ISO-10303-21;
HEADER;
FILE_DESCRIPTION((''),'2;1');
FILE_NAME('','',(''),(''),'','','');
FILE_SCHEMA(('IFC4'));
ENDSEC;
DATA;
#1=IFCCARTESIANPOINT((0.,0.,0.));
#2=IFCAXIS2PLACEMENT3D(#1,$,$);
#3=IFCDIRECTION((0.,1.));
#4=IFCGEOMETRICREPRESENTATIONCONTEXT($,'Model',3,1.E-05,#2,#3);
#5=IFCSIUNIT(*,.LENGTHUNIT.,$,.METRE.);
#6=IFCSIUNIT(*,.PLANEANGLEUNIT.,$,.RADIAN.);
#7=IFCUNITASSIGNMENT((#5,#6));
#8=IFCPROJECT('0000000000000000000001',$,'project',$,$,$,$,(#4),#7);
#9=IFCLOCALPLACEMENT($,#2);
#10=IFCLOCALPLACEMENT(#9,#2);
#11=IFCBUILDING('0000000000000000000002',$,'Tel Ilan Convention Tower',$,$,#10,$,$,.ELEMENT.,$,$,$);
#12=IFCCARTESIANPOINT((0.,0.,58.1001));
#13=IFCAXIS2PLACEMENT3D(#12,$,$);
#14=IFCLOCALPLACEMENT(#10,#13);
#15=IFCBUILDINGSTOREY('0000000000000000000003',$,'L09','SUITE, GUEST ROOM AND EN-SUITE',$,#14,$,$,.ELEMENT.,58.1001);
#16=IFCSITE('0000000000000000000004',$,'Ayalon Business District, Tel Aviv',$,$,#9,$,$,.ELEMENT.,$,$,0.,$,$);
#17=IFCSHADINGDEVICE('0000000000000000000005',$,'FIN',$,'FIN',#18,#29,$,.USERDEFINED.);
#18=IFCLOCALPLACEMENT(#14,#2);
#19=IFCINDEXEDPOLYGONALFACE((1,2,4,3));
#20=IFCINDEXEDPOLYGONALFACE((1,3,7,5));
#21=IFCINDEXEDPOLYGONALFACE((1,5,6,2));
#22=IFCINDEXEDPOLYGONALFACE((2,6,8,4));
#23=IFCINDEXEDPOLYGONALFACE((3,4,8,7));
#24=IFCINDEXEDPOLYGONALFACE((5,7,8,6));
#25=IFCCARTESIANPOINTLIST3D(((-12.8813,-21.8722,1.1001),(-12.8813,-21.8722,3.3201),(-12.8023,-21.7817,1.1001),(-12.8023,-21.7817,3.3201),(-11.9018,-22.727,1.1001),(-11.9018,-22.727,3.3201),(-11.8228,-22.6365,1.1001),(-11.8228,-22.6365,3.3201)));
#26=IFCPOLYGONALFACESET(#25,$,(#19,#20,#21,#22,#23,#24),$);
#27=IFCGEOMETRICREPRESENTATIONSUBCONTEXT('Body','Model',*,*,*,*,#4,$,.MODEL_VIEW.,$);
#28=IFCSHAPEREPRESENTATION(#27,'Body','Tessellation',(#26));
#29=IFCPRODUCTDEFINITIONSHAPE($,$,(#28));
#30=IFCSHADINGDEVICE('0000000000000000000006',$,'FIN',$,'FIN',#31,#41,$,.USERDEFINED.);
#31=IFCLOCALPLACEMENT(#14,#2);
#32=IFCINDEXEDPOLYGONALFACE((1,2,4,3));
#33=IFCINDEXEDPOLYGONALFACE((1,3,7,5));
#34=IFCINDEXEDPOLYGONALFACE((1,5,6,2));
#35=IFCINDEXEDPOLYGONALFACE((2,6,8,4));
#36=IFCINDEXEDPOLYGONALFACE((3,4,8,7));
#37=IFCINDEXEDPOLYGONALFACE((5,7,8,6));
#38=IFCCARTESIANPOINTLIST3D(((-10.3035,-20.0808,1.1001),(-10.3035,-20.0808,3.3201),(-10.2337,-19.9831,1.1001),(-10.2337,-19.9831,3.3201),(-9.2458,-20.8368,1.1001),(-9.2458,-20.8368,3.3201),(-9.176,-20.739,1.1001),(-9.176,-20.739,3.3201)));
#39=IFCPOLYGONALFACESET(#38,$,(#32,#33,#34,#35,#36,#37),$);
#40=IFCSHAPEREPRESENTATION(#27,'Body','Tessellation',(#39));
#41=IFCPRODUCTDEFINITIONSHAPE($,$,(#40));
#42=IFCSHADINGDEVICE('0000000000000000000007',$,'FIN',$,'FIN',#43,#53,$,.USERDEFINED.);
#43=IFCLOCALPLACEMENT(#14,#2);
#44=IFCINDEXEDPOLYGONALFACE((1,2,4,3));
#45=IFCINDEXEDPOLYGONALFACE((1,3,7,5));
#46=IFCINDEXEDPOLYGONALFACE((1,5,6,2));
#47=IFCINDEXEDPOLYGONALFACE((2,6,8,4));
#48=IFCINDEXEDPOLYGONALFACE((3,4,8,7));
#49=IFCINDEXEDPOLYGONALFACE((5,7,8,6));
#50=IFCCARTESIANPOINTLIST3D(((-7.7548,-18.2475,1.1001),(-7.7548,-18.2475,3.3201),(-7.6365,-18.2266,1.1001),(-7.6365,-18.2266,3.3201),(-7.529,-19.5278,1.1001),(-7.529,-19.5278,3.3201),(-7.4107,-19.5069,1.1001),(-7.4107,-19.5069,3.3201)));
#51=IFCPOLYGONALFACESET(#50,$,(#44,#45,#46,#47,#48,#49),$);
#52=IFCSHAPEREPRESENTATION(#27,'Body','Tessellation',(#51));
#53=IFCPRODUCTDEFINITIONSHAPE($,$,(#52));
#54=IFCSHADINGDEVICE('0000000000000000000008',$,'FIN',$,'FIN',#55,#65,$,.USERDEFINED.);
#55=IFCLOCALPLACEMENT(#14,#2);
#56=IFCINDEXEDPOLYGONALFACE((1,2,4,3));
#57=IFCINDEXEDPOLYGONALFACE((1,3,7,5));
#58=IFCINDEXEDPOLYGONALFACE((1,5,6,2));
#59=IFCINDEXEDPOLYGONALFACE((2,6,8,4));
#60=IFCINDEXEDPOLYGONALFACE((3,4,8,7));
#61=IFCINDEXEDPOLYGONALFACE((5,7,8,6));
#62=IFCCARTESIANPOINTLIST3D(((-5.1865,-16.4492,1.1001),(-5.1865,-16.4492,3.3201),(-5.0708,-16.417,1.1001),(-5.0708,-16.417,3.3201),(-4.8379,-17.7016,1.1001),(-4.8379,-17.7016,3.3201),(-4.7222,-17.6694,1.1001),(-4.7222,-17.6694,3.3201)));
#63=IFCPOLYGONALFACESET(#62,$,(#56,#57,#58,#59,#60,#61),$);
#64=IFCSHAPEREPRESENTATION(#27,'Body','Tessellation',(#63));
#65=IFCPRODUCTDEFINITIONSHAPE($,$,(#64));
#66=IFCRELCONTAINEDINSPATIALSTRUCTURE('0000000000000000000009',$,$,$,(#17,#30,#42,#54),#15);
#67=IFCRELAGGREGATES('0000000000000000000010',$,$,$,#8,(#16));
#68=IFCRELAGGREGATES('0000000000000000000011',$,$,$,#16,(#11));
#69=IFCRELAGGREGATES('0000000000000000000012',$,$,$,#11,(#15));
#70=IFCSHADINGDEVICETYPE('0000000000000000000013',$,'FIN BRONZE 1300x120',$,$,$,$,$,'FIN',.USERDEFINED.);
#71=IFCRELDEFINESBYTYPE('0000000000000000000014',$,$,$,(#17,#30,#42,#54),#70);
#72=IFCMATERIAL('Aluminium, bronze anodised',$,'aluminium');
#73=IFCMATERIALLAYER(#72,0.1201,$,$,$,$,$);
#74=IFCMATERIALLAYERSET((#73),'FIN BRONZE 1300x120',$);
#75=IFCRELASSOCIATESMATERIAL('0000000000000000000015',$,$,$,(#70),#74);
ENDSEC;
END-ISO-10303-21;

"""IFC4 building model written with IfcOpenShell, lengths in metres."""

from ifc_helpers import new_model, si_unit, direction, frame, origin, origin_2d, place, context, subcontext, project, spatial, rectangle, extrude, material, layer, layer_set, type_object, element, save


model = new_model("IFC4")

# Units and contexts
model_context = context("Model", 3, precision=1e-05, world=origin(), true_north=direction((0.0, 1.0)))
body_context = subcontext(model_context, "Body", "Model", "MODEL_VIEW")
ifc_project = project(units=[si_unit("LENGTHUNIT", "METRE"), si_unit("PLANEANGLEUNIT", "RADIAN")], contexts=[model_context])

# Site, building, storey
site_placement = place(None, origin())
site = spatial("IfcSite", under=ifc_project, at=site_placement, Name="Ayalon Business District, Tel Aviv", CompositionType="ELEMENT", RefElevation=0.0)
building_placement = place(site_placement, origin())
building = spatial("IfcBuilding", under=site, at=building_placement, Name="Tel Ilan Convention Tower", CompositionType="ELEMENT")
storey_placement = place(building_placement, frame((0.0, 0.0, 58.1001)))
storey = spatial("IfcBuildingStorey", under=building, at=storey_placement, Name="L09", Description="SUITE, GUEST ROOM AND EN-SUITE", CompositionType="ELEMENT", Elevation=58.1001)

# Shading devices
ifc_material_1 = material(Name="Aluminium, bronze anodised", Category="aluminium")
ifc_layer_1 = layer(ifc_material_1, 0.1201)
ifc_layer_set_1 = layer_set([ifc_layer_1], Name="FIN BRONZE 1300x120")
shading_device_type = type_object("IfcShadingDeviceType", Name="FIN BRONZE 1300x120", ElementType="FIN", PredefinedType="USERDEFINED", material=ifc_layer_set_1)
for number, where, z_axis, x_axis, name in (
    (1, (-12.3521, -22.2544, 1.1001), (0.0, 0.0, 1.0), (0.753436, -0.657521, 0.0), "FIN"),
    (2, (-9.7397, -20.4099, 1.1001), (0.0, 0.0, 1.0), (0.813552, -0.581492, 0.0), "FIN"),
    (3, (-7.5828, -18.8772, 1.1001), (0.0, 0.0, 1.0), (0.173648, -0.984808, 0.0), "FIN"),
    (4, (-4.9543, -17.0593, 1.1001), (0.0, 0.0, 1.0), (0.268173, -0.963371, 0.0), "FIN"),
):
    element("IfcShadingDevice", number, at=place(storey_placement, frame(where, z_axis=z_axis, x_axis=x_axis)), inside=storey, type_object=shading_device_type, Name=name, ObjectType="FIN", PredefinedType="USERDEFINED", context=body_context, shape_type="SweptSolid", body=[
        extrude(rectangle(XDim=1.3, YDim=0.1201, at=origin_2d()), origin(), (0.0, 0.0, 1.0), 2.22),
    ])

save(model, "model.ifc")
